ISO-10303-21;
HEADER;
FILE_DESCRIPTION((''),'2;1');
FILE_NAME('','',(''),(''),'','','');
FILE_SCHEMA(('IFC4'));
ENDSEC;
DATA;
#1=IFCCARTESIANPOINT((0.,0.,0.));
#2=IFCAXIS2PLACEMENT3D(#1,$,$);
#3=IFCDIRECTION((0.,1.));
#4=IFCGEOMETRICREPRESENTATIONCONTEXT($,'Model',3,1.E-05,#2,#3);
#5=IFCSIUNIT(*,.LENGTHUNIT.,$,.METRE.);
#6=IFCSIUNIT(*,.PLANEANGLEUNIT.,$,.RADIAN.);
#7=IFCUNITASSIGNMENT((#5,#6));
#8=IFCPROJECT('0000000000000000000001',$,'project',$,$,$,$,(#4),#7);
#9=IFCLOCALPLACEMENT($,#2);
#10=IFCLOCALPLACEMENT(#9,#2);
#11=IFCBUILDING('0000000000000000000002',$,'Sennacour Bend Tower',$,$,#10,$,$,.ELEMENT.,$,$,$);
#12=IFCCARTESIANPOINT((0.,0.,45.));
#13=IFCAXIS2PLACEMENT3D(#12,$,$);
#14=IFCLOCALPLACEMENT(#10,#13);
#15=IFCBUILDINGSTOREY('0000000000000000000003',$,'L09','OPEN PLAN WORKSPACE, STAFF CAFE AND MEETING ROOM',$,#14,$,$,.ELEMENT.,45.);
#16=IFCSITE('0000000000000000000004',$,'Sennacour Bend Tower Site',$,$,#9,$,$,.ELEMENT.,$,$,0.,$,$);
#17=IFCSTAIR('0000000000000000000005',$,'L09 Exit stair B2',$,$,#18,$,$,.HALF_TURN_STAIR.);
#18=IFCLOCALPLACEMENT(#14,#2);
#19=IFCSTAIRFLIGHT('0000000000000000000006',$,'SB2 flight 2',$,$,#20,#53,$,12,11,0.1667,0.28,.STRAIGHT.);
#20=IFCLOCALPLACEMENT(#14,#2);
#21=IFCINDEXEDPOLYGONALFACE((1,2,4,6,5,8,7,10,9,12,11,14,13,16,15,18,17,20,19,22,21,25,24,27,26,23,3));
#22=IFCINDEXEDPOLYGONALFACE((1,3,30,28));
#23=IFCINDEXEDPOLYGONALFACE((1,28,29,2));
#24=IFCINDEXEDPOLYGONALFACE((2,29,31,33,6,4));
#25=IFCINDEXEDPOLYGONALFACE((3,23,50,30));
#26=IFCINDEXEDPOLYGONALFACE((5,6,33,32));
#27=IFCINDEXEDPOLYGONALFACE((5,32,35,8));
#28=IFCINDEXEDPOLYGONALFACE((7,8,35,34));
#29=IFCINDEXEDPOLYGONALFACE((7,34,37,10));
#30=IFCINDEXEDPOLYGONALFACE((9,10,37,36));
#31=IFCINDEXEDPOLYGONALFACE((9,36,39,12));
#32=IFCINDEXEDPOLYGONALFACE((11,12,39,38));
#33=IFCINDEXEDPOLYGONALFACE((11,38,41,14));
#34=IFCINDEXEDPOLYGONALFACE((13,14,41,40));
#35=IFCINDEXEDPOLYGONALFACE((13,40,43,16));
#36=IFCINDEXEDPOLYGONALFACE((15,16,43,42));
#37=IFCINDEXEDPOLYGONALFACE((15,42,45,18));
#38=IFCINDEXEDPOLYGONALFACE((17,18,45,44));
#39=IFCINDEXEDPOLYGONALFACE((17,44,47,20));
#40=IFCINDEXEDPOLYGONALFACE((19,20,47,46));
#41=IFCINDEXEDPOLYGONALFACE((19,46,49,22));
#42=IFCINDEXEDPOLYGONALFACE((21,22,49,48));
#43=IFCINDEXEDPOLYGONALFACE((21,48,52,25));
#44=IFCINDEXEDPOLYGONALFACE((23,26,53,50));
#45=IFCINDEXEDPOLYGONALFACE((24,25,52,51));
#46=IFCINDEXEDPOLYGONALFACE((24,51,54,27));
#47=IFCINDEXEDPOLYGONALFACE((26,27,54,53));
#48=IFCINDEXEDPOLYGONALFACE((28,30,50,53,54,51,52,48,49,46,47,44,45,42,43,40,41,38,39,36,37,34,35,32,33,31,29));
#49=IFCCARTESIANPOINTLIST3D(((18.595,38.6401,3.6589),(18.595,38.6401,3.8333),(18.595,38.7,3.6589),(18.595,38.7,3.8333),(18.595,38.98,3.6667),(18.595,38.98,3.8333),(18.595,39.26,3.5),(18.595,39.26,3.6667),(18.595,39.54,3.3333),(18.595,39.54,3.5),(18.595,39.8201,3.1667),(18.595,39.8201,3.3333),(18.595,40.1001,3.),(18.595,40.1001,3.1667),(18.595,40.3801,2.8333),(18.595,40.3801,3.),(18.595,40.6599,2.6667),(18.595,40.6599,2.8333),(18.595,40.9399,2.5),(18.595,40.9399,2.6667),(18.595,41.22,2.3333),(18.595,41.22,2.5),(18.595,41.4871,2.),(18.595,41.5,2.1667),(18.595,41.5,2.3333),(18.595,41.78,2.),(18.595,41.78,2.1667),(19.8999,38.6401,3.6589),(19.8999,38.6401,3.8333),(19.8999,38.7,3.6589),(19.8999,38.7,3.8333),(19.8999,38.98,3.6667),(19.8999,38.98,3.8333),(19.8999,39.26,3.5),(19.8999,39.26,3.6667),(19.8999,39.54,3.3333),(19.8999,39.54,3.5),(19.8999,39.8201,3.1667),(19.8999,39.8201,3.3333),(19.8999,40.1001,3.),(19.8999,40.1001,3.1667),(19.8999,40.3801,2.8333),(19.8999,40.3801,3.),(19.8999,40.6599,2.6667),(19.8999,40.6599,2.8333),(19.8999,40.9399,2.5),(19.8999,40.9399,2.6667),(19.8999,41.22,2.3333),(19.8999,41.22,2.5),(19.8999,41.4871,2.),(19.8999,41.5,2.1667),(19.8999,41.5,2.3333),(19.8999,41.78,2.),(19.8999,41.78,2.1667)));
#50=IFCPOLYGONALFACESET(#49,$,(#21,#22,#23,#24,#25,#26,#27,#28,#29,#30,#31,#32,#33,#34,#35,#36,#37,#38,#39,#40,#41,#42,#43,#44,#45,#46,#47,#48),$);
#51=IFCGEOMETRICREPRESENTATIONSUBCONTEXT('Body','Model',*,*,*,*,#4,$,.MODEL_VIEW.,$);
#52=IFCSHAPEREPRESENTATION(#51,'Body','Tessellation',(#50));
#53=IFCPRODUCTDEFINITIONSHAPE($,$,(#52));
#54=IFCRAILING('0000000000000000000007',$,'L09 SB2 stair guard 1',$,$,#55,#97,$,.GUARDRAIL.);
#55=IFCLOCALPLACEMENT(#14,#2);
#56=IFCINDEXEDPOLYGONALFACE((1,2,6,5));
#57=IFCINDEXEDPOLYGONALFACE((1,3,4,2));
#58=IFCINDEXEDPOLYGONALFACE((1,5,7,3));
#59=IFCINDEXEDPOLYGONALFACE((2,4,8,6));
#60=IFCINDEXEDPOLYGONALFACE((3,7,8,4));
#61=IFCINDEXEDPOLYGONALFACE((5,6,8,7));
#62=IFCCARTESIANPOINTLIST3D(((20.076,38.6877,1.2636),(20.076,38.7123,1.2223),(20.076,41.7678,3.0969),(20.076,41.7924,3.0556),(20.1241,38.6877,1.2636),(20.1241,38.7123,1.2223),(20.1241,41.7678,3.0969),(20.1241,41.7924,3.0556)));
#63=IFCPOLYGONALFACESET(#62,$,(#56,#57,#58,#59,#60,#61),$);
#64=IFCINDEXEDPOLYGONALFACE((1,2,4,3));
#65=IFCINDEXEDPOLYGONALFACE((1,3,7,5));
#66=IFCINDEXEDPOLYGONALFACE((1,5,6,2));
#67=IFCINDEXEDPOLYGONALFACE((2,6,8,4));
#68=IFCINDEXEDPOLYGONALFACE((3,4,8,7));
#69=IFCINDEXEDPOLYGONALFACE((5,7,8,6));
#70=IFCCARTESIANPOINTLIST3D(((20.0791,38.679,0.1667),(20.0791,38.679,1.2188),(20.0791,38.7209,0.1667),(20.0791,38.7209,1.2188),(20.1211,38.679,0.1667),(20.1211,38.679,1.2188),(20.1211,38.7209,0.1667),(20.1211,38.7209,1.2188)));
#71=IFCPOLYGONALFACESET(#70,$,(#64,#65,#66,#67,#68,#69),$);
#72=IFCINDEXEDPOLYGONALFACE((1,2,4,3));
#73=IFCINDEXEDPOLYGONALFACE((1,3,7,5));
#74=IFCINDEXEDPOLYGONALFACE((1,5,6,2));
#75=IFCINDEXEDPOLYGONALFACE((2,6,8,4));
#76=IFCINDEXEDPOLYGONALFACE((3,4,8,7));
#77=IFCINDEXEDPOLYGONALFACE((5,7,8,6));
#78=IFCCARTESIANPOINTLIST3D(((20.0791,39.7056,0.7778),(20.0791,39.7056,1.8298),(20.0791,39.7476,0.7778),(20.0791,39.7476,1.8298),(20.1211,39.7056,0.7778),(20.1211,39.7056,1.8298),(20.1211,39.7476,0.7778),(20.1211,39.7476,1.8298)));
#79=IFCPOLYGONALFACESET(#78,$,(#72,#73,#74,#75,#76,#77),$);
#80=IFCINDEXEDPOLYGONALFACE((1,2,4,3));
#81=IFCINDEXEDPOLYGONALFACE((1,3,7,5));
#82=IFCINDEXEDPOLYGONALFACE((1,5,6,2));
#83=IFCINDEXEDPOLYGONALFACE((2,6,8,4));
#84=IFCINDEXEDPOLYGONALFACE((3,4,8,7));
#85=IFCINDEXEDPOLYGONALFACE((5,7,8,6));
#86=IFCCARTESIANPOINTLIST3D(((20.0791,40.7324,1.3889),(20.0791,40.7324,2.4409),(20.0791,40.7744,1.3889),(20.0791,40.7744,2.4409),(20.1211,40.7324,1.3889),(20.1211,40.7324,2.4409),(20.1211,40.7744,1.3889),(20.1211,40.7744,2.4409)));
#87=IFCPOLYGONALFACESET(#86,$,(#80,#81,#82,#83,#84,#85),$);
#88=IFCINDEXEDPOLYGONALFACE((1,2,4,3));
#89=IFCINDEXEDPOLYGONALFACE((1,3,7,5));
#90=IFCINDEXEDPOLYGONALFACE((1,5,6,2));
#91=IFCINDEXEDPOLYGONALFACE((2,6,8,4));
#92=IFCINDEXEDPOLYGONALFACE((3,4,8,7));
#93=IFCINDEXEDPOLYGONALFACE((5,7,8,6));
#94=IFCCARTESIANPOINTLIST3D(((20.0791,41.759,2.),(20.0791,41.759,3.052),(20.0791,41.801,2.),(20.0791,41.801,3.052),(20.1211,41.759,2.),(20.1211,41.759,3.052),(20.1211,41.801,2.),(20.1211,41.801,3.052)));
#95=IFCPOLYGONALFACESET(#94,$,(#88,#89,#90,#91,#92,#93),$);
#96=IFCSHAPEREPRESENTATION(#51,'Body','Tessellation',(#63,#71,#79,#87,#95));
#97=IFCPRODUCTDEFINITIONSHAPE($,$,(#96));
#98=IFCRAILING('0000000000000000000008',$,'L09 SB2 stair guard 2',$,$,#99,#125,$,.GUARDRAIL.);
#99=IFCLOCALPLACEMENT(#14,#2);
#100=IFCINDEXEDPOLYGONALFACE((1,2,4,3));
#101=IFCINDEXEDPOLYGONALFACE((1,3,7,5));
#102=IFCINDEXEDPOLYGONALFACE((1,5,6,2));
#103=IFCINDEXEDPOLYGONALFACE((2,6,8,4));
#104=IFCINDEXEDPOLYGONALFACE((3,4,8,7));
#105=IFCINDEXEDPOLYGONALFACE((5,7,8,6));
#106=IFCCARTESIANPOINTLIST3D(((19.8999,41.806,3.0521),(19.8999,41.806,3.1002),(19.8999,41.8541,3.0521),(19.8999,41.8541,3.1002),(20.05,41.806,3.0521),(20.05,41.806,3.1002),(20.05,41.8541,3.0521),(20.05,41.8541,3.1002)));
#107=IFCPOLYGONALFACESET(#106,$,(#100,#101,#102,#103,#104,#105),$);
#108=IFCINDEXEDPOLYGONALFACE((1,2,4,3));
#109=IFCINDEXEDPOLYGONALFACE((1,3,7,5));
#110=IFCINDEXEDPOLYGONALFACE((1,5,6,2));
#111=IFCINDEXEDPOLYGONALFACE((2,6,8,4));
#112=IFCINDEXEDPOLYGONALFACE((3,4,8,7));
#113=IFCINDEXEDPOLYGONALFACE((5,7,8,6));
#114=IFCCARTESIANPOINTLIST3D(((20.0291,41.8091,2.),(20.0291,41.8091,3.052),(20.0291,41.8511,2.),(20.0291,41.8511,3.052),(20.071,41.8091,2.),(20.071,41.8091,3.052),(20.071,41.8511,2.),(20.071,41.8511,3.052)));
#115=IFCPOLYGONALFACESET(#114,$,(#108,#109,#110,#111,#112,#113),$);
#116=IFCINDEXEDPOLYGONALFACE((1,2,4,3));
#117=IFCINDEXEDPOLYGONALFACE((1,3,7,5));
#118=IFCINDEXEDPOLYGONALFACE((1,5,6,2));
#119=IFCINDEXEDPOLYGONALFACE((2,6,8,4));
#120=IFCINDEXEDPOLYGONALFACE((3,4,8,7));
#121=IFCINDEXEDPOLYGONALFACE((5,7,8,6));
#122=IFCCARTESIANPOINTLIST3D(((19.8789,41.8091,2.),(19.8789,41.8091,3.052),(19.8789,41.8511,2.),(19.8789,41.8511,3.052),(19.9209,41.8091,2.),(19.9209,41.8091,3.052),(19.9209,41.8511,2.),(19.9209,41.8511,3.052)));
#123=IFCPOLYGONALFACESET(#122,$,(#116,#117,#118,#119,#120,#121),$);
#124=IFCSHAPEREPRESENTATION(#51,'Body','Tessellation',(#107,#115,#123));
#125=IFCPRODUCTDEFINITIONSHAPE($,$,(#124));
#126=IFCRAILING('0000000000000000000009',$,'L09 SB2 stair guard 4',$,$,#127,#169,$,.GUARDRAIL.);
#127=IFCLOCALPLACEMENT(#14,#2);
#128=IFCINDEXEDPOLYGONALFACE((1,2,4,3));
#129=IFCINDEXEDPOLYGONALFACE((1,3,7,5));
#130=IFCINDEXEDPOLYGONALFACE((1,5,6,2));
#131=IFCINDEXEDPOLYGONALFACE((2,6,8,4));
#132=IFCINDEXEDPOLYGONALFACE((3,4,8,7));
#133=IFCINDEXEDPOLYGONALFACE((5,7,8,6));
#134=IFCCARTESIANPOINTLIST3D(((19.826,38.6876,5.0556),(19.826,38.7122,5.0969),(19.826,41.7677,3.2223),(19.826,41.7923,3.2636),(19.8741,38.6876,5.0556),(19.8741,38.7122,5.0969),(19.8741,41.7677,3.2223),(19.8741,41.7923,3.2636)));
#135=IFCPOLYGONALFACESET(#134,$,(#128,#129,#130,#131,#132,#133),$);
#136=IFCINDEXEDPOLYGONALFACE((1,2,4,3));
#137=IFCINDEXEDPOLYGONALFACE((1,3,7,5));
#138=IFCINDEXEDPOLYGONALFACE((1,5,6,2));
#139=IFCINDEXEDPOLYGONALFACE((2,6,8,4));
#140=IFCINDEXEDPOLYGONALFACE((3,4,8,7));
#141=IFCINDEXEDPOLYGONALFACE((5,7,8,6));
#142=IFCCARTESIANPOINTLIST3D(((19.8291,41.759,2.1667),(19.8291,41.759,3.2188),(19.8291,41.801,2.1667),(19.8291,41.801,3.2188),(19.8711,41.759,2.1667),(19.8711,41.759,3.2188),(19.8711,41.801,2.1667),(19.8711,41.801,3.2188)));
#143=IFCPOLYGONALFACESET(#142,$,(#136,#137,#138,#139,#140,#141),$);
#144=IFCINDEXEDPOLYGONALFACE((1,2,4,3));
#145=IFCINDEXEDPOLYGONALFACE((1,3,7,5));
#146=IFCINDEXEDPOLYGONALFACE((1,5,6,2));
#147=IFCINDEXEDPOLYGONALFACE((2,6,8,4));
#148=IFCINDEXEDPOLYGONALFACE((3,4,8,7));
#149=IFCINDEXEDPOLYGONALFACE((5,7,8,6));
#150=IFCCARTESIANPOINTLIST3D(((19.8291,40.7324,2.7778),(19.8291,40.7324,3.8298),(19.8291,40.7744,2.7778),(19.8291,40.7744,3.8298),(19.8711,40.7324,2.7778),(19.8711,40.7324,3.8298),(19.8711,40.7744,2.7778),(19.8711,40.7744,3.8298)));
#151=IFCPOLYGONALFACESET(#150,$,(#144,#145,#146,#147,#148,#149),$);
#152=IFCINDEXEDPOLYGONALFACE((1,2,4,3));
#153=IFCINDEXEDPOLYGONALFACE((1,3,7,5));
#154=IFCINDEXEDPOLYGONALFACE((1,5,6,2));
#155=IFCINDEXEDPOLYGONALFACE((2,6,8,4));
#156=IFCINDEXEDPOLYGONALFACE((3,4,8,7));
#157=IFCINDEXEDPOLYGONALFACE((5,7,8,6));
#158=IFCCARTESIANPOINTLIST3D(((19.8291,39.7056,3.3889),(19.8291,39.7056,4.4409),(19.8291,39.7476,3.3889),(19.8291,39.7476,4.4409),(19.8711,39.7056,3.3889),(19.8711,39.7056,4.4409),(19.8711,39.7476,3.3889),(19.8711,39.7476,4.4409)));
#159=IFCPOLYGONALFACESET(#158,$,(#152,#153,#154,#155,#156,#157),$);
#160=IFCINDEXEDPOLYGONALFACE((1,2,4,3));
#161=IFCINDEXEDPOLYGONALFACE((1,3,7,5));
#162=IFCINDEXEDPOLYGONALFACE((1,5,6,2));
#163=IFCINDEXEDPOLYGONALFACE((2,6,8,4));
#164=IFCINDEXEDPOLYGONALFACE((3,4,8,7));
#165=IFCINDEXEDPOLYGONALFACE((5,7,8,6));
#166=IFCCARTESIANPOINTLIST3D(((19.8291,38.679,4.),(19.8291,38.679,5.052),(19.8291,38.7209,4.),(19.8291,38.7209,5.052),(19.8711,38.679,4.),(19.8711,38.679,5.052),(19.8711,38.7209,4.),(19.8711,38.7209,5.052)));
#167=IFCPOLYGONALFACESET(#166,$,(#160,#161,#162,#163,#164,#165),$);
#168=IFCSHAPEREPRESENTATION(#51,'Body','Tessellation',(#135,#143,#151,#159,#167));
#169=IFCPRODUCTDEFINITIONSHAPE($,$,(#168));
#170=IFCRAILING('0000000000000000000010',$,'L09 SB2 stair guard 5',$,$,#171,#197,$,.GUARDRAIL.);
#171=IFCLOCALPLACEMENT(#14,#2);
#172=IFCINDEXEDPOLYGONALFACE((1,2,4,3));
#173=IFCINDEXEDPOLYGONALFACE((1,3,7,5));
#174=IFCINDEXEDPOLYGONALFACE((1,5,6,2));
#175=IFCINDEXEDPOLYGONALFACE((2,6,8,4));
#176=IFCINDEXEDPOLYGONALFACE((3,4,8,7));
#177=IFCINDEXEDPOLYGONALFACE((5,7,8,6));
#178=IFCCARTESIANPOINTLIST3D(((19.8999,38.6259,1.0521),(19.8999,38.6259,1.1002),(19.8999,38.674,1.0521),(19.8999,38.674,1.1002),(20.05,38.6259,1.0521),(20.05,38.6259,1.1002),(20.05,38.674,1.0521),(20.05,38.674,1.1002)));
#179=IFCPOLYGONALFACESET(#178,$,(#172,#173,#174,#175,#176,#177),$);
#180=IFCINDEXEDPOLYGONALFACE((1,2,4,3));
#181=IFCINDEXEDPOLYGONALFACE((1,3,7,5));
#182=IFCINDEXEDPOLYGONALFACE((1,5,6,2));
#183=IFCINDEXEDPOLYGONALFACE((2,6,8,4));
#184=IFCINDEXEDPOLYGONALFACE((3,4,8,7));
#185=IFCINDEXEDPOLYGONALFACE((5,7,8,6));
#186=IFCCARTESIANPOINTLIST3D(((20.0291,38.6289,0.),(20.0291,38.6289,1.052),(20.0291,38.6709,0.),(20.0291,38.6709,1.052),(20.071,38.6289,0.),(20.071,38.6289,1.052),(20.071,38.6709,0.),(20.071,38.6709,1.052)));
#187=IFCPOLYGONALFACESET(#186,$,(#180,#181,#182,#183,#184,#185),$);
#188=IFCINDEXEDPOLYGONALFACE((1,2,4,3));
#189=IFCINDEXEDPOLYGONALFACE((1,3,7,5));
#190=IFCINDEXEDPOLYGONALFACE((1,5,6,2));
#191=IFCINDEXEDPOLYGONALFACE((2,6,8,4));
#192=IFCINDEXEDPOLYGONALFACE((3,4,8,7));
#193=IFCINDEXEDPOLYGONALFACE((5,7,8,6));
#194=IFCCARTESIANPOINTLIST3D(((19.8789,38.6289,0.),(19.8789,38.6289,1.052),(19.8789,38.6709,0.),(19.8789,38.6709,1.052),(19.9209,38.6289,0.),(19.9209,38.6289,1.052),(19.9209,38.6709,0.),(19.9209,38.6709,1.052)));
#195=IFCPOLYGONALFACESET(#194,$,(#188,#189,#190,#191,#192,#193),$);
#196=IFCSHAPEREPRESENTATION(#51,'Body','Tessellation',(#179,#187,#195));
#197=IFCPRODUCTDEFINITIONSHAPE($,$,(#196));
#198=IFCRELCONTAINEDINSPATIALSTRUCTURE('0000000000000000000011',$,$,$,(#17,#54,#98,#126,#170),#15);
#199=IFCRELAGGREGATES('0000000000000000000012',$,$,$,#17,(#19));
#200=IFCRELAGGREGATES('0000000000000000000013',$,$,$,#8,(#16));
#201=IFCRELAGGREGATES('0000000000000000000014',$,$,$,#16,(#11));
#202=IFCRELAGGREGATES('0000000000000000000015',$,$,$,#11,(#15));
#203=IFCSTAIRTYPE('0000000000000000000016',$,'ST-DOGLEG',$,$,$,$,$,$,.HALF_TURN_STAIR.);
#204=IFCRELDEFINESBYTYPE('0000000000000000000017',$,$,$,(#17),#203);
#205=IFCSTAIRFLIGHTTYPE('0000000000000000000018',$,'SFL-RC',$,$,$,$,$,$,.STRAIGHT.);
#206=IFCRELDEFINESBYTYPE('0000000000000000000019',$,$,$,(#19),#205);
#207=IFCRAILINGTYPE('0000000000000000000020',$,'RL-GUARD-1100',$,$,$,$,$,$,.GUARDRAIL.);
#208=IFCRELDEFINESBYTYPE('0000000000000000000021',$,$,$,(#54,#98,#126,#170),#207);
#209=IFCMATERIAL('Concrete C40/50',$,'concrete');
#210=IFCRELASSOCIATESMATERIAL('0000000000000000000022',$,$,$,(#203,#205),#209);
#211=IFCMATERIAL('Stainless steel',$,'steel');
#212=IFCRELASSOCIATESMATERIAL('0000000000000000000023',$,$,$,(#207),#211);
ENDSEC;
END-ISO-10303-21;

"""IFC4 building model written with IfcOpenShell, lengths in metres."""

from ifc_helpers import new_model, si_unit, direction, frame, origin, origin_2d, place, context, subcontext, project, spatial, polyline, rectangle, outline, extrude, material, type_object, element, aggregate, save


model = new_model("IFC4")

# Units and contexts
model_context = context("Model", 3, precision=1e-05, world=origin(), true_north=direction((0.0, 1.0)))
body_context = subcontext(model_context, "Body", "Model", "MODEL_VIEW")
ifc_project = project(units=[si_unit("LENGTHUNIT", "METRE"), si_unit("PLANEANGLEUNIT", "RADIAN")], contexts=[model_context])

# Site, building, storey
site_placement = place(None, origin())
site = spatial("IfcSite", under=ifc_project, at=site_placement, Name="Sennacour Bend Tower Site", CompositionType="ELEMENT", RefElevation=0.0)
building_placement = place(site_placement, origin())
building = spatial("IfcBuilding", under=site, at=building_placement, Name="Sennacour Bend Tower", CompositionType="ELEMENT")
storey_placement = place(building_placement, frame((0.0, 0.0, 45.0)))
storey = spatial("IfcBuildingStorey", under=building, at=storey_placement, Name="L09", Description="OPEN PLAN WORKSPACE, STAFF CAFE AND MEETING ROOM", CompositionType="ELEMENT", Elevation=45.0)

# Shared definitions
ifc_material_1 = material(Name="Stainless steel", Category="steel")

# Stair, stair flight
ifc_material_2 = material(Name="Concrete C40/50", Category="concrete")
stair_type = type_object("IfcStairType", Name="ST-DOGLEG", PredefinedType="HALF_TURN_STAIR", material=ifc_material_2)
stair_placement = place(storey_placement, origin())
stair = element("IfcStair", 1, at=stair_placement, inside=storey, type_object=stair_type, Name="L09 Exit stair B2", PredefinedType="HALF_TURN_STAIR")
stair_flight_type = type_object("IfcStairFlightType", Name="SFL-RC", PredefinedType="STRAIGHT", material=ifc_material_2)
stair_flight_placement = place(storey_placement, frame((19.2476, 41.78, 2.0), z_axis=(0.0, 0.0, 1.0), x_axis=(0.0, -1.0, 0.0)))
stair_flight = element("IfcStairFlight", 2, at=stair_flight_placement, type_object=stair_flight_type, Name="SB2 flight 2", NumberOfRisers=12, NumberOfTreads=11, PredefinedType="STRAIGHT", RiserHeight=0.1667, TreadLength=0.28, context=body_context, shape_type="SweptSolid", body=[
    extrude(outline(polyline([(0.0, 0.0), (0.0, 0.1667), (0.28, 0.1667), (0.28, 0.3333), (0.5601, 0.3333), (0.5601, 0.5), (0.8401, 0.5), (0.8401, 0.6667), (1.1201, 0.6667), (1.1201, 0.8333), (1.3999, 0.8333), (1.3999, 1.0), (1.6799, 1.0), (1.6799, 1.1667), (1.96, 1.1667), (1.96, 1.3333), (2.24, 1.3333), (2.24, 1.5), (2.52, 1.5), (2.52, 1.6667), (2.8, 1.6667), (2.8, 1.8333), (3.0801, 1.8333), (3.1399, 1.8333), (3.1399, 1.6589), (3.0801, 1.6589), (0.293, 0.0), (0.0, 0.0)])), frame((0.0, 0.6523, 0.0), z_axis=(0.0, -1.0, 0.0), x_axis=(1.0, 0.0, 0.0)), (0.0, 0.0, 1.0), 1.3049),
])
aggregate(stair, [stair_flight])

# Railings
railing_type_1 = type_object("IfcRailingType", Name="RL-GUARD-1100", PredefinedType="GUARDRAIL", material=ifc_material_1)
railing_1_placement = place(storey_placement, frame((20.1001, 38.7, 0.1667)))
element("IfcRailing", 3, at=railing_1_placement, inside=storey, type_object=railing_type_1, Name="L09 SB2 stair guard 1", PredefinedType="GUARDRAIL", context=body_context, shape_type="SweptSolid", body=[
    extrude(rectangle(XDim=0.0481, YDim=0.0481, at=origin_2d()), frame((0.0, 0.0, 1.0762), z_axis=(0.0, 0.859309, 0.511458), x_axis=(-1.0, 0.0, 0.0)), (0.0, 0.0, 1.0), 3.5845),
    extrude(rectangle(XDim=0.042, YDim=0.042, at=origin_2d()), origin(), (0.0, 0.0, 1.0), 1.052),
    extrude(rectangle(XDim=0.042, YDim=0.042, at=origin_2d()), frame((0.0, 1.0266, 0.6111)), (0.0, 0.0, 1.0), 1.052),
    extrude(rectangle(XDim=0.042, YDim=0.042, at=origin_2d()), frame((0.0, 2.0535, 1.2222)), (0.0, 0.0, 1.0), 1.052),
    extrude(rectangle(XDim=0.042, YDim=0.042, at=origin_2d()), frame((0.0, 3.0801, 1.8333)), (0.0, 0.0, 1.0), 1.052),
])
railing_2_placement = place(storey_placement, frame((20.05, 41.8301, 2.0)))
element("IfcRailing", 4, at=railing_2_placement, inside=storey, type_object=railing_type_1, Name="L09 SB2 stair guard 2", PredefinedType="GUARDRAIL", context=body_context, shape_type="SweptSolid", body=[
    extrude(rectangle(XDim=0.0481, YDim=0.0481, at=origin_2d()), frame((0.0, 0.0, 1.0762), z_axis=(-1.0, 0.0, 0.0), x_axis=(0.0, -1.0, 0.0)), (0.0, 0.0, 1.0), 0.1501),
    extrude(rectangle(XDim=0.042, YDim=0.042, at=origin_2d()), origin(), (0.0, 0.0, 1.0), 1.052),
    extrude(rectangle(XDim=0.042, YDim=0.042, at=origin_2d()), frame((-0.1501, 0.0, 0.0)), (0.0, 0.0, 1.0), 1.052),
])
railing_3_placement = place(storey_placement, frame((19.8501, 41.78, 2.1667)))
element("IfcRailing", 5, at=railing_3_placement, inside=storey, type_object=railing_type_1, Name="L09 SB2 stair guard 4", PredefinedType="GUARDRAIL", context=body_context, shape_type="SweptSolid", body=[
    extrude(rectangle(XDim=0.0481, YDim=0.0481, at=origin_2d()), frame((0.0, 0.0, 1.0762), z_axis=(0.0, -0.859309, 0.511458), x_axis=(1.0, 0.0, 0.0)), (0.0, 0.0, 1.0), 3.5845),
    extrude(rectangle(XDim=0.042, YDim=0.042, at=origin_2d()), origin(), (0.0, 0.0, 1.0), 1.052),
    extrude(rectangle(XDim=0.042, YDim=0.042, at=origin_2d()), frame((0.0, -1.0266, 0.6111)), (0.0, 0.0, 1.0), 1.052),
    extrude(rectangle(XDim=0.042, YDim=0.042, at=origin_2d()), frame((0.0, -2.0535, 1.2222)), (0.0, 0.0, 1.0), 1.052),
    extrude(rectangle(XDim=0.042, YDim=0.042, at=origin_2d()), frame((0.0, -3.0801, 1.8333)), (0.0, 0.0, 1.0), 1.052),
])
railing_4_placement = place(storey_placement, frame((20.05, 38.6499, 0.0)))
element("IfcRailing", 6, at=railing_4_placement, inside=storey, type_object=railing_type_1, Name="L09 SB2 stair guard 5", PredefinedType="GUARDRAIL", context=body_context, shape_type="SweptSolid", body=[
    extrude(rectangle(XDim=0.0481, YDim=0.0481, at=origin_2d()), frame((0.0, 0.0, 1.0762), z_axis=(-1.0, 0.0, 0.0), x_axis=(0.0, -1.0, 0.0)), (0.0, 0.0, 1.0), 0.1501),
    extrude(rectangle(XDim=0.042, YDim=0.042, at=origin_2d()), origin(), (0.0, 0.0, 1.0), 1.052),
    extrude(rectangle(XDim=0.042, YDim=0.042, at=origin_2d()), frame((-0.1501, 0.0, 0.0)), (0.0, 0.0, 1.0), 1.052),
])

save(model, "model.ifc")
